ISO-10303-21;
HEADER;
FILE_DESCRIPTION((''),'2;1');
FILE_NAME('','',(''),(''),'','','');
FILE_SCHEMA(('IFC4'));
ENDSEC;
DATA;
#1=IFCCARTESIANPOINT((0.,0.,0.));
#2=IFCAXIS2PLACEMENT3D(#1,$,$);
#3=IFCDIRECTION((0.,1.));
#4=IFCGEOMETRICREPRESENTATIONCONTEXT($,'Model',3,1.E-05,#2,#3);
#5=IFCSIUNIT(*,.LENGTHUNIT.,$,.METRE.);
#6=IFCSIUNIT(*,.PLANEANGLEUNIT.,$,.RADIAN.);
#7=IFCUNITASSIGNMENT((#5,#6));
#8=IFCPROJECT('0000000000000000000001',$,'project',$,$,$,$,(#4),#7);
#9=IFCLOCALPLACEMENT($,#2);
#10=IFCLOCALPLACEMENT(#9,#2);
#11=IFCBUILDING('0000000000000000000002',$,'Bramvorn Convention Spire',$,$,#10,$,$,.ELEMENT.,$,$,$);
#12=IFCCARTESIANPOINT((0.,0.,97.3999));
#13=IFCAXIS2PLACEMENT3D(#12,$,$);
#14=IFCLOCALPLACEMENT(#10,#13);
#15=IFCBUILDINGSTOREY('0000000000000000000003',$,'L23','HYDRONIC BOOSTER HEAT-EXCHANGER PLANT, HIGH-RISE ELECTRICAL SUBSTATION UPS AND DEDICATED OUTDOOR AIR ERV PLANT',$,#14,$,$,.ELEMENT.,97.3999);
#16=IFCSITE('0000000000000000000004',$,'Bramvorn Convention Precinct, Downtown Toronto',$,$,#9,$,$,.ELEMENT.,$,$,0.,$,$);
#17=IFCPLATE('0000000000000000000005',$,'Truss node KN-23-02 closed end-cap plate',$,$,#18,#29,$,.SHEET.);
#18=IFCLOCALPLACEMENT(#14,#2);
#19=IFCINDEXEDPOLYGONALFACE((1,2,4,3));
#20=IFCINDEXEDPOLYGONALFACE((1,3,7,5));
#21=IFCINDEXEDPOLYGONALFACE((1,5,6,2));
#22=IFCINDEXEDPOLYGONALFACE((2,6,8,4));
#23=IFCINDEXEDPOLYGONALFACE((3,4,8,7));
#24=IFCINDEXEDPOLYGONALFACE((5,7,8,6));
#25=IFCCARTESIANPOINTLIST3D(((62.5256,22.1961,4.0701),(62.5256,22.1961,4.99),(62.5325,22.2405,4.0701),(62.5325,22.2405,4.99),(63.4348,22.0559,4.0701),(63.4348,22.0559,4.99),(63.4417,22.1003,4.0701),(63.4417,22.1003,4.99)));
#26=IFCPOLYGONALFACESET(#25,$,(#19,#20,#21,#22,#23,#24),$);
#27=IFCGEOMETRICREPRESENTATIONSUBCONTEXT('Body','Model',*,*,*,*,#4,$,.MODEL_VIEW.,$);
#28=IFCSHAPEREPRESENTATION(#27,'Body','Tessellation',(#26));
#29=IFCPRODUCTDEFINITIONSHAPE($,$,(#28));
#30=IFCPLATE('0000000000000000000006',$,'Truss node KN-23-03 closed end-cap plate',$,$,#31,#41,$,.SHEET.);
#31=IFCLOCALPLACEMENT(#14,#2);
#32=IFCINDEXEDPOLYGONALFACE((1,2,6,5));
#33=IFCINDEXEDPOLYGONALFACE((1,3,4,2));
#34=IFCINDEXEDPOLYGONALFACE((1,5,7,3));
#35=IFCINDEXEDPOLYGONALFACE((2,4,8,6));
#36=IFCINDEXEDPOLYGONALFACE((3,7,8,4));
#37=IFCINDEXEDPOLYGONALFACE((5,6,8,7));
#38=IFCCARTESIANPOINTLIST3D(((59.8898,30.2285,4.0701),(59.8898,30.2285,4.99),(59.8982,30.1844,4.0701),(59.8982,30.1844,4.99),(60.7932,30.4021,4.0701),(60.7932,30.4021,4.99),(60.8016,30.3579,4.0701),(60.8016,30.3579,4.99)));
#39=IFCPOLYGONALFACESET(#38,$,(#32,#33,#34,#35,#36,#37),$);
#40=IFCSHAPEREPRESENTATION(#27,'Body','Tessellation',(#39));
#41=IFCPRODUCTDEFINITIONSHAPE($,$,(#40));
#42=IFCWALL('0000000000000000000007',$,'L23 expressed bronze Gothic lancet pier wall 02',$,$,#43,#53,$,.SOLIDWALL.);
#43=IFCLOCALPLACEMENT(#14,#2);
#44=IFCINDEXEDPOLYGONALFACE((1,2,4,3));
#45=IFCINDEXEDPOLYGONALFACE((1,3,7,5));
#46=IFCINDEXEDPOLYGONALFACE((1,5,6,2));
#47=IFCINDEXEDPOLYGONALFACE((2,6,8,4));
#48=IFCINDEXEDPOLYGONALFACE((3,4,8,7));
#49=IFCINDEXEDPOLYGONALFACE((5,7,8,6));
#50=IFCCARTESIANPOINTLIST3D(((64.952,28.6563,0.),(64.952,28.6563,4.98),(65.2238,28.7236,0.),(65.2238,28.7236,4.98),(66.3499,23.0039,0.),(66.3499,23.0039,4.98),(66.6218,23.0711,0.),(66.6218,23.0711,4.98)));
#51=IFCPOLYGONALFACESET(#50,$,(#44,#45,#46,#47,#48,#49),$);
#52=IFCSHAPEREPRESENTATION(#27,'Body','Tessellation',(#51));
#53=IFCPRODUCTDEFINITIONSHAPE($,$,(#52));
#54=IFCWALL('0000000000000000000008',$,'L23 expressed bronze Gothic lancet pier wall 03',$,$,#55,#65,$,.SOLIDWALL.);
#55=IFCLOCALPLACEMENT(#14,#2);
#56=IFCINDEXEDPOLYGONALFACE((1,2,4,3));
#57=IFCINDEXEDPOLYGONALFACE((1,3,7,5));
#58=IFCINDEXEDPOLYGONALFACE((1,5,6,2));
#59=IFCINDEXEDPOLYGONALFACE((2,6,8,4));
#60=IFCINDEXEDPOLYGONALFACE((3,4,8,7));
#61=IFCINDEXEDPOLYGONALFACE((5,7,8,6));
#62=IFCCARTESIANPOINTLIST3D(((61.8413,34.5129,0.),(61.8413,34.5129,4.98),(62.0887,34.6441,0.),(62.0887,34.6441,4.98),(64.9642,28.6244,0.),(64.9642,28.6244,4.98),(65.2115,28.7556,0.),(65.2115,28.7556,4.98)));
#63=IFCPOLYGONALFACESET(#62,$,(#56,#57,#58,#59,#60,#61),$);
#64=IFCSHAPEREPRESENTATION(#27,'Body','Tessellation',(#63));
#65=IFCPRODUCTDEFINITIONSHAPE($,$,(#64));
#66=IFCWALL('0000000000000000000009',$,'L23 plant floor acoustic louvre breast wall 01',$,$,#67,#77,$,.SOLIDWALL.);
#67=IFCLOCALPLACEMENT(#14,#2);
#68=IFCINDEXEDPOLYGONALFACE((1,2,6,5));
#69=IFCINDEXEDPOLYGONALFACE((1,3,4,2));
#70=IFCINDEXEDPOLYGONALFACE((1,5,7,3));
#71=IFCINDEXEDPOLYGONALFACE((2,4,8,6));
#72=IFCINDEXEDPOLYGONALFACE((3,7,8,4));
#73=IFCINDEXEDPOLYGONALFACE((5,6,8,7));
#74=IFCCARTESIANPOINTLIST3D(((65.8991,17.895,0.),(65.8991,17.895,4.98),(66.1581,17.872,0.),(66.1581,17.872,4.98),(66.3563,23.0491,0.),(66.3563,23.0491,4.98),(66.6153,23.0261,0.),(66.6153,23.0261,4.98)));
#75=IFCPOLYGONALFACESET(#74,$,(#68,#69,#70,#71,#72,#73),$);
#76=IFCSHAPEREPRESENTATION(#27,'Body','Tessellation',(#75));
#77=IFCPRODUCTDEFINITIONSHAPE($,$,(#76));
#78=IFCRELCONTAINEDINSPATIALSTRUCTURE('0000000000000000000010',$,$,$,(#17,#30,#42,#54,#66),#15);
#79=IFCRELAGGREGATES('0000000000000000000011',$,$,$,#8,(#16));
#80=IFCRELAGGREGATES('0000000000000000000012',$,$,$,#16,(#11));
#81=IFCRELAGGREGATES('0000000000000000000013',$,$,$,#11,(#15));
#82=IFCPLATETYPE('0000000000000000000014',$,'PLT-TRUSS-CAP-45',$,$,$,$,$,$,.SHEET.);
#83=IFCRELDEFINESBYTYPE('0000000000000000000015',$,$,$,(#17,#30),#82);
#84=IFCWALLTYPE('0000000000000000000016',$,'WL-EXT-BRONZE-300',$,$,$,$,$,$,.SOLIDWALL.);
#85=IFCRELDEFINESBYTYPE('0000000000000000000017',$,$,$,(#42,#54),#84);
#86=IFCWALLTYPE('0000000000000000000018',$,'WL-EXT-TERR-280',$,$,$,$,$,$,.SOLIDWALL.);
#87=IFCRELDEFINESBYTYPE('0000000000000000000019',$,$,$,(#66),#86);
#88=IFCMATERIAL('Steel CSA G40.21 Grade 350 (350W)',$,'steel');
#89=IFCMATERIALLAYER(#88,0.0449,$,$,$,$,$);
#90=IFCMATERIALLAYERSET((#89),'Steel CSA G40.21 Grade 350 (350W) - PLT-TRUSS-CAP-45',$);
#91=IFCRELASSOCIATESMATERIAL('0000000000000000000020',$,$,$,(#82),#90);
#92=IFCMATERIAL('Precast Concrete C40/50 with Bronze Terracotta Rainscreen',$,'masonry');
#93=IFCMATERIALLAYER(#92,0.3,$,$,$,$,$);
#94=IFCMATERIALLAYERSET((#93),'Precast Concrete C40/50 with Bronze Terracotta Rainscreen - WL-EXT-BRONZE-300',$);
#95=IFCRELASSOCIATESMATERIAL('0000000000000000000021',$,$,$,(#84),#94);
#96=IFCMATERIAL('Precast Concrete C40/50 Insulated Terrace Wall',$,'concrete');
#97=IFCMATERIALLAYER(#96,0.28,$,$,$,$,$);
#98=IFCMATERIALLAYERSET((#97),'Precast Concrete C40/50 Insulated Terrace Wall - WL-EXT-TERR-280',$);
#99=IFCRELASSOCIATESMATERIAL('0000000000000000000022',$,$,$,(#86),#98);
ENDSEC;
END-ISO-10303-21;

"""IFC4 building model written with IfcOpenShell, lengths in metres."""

from ifc_helpers import new_model, si_unit, direction, frame, frame_2d, origin, origin_2d, place, context, subcontext, project, spatial, rectangle, extrude, material, layer, layer_set, type_object, element, save


model = new_model("IFC4")

# Units and contexts
model_context = context("Model", 3, precision=1e-05, world=origin(), true_north=direction((0.0, 1.0)))
body_context = subcontext(model_context, "Body", "Model", "MODEL_VIEW")
ifc_project = project(units=[si_unit("LENGTHUNIT", "METRE"), si_unit("PLANEANGLEUNIT", "RADIAN")], contexts=[model_context])

# Site, building, storey
site_placement = place(None, origin())
site = spatial("IfcSite", under=ifc_project, at=site_placement, Name="Bramvorn Convention Precinct, Downtown Toronto", CompositionType="ELEMENT", RefElevation=0.0)
building_placement = place(site_placement, origin())
building = spatial("IfcBuilding", under=site, at=building_placement, Name="Bramvorn Convention Spire", CompositionType="ELEMENT")
storey_placement = place(building_placement, frame((0.0, 0.0, 97.3999)))
storey = spatial("IfcBuildingStorey", under=building, at=storey_placement, Name="L23", Description="HYDRONIC BOOSTER HEAT-EXCHANGER PLANT, HIGH-RISE ELECTRICAL SUBSTATION UPS AND DEDICATED OUTDOOR AIR ERV PLANT", CompositionType="ELEMENT", Elevation=97.3999)

# Shared definitions
ifc_material_1 = material(Name="Steel CSA G40.21 Grade 350 (350W)", Category="steel")

# Plates
ifc_layer_1 = layer(ifc_material_1, 0.0449)
ifc_layer_set_1 = layer_set([ifc_layer_1], Name="Steel CSA G40.21 Grade 350 (350W) - PLT-TRUSS-CAP-45")
plate_type_1 = type_object("IfcPlateType", Name="PLT-TRUSS-CAP-45", PredefinedType="SHEET", material=ifc_layer_set_1)
for number, where, z_axis, x_axis, name in (
    (1, (62.9836, 22.1482, 4.0701), (0.0, 0.0, 1.0), (0.988324, -0.152368, 0.0), "Truss node KN-23-02 closed end-cap plate"),
    (2, (60.3457, 30.2932, 4.0701), (0.0, 0.0, 1.0), (0.98204, 0.188672, 0.0), "Truss node KN-23-03 closed end-cap plate"),
):
    element("IfcPlate", number, at=place(storey_placement, frame(where, z_axis=z_axis, x_axis=x_axis)), inside=storey, type_object=plate_type_1, Name=name, PredefinedType="SHEET", context=body_context, shape_type="SweptSolid", body=[
        extrude(rectangle(XDim=0.9199, YDim=0.0449, at=origin_2d()), origin(), (0.0, 0.0, 1.0), 0.9199),
    ])

# Walls
ifc_material_2 = material(Name="Precast Concrete C40/50 with Bronze Terracotta Rainscreen", Category="masonry")
ifc_layer_2 = layer(ifc_material_2, 0.3)
ifc_layer_set_2 = layer_set([ifc_layer_2], Name="Precast Concrete C40/50 with Bronze Terracotta Rainscreen - WL-EXT-BRONZE-300")
wall_type_1 = type_object("IfcWallType", Name="WL-EXT-BRONZE-300", PredefinedType="SOLIDWALL", material=ifc_layer_set_2)
wall_1_placement = place(storey_placement, frame((65.0879, 28.6899, 0.0), z_axis=(0.0, 0.0, 1.0), x_axis=(0.240088, -0.970751, 0.0)))
element("IfcWall", 3, at=wall_1_placement, inside=storey, type_object=wall_type_1, Name="L23 expressed bronze Gothic lancet pier wall 02", PredefinedType="SOLIDWALL", context=body_context, shape_type="SweptSolid", body=[
    extrude(rectangle(XDim=5.8228, YDim=0.28, at=frame_2d((2.9114, 0.0))), origin(), (0.0, 0.0, 1.0), 4.98),
])
wall_2_placement = place(storey_placement, frame((61.9651, 34.5784, 0.0), z_axis=(0.0, 0.0, 1.0), x_axis=(0.46852, -0.883453, 0.0)))
element("IfcWall", 4, at=wall_2_placement, inside=storey, type_object=wall_type_1, Name="L23 expressed bronze Gothic lancet pier wall 03", PredefinedType="SOLIDWALL", context=body_context, shape_type="SweptSolid", body=[
    extrude(rectangle(XDim=6.6653, YDim=0.28, at=frame_2d((3.3325, 0.0))), origin(), (0.0, 0.0, 1.0), 4.98),
])
ifc_material_3 = material(Name="Precast Concrete C40/50 Insulated Terrace Wall", Category="concrete")
ifc_layer_3 = layer(ifc_material_3, 0.28)
ifc_layer_set_3 = layer_set([ifc_layer_3], Name="Precast Concrete C40/50 Insulated Terrace Wall - WL-EXT-TERR-280")
wall_type_2 = type_object("IfcWallType", Name="WL-EXT-TERR-280", PredefinedType="SOLIDWALL", material=ifc_layer_set_3)
wall_3_placement = place(storey_placement, frame((66.4858, 23.0376, 0.0), z_axis=(0.0, 0.0, 1.0), x_axis=(-0.088374, -0.996087, 0.0)))
element("IfcWall", 5, at=wall_3_placement, inside=storey, type_object=wall_type_2, Name="L23 plant floor acoustic louvre breast wall 01", PredefinedType="SOLIDWALL", context=body_context, shape_type="SweptSolid", body=[
    extrude(rectangle(XDim=5.1743, YDim=0.26, at=frame_2d((2.5872, 0.0))), origin(), (0.0, 0.0, 1.0), 4.98),
])

save(model, "model.ifc")
